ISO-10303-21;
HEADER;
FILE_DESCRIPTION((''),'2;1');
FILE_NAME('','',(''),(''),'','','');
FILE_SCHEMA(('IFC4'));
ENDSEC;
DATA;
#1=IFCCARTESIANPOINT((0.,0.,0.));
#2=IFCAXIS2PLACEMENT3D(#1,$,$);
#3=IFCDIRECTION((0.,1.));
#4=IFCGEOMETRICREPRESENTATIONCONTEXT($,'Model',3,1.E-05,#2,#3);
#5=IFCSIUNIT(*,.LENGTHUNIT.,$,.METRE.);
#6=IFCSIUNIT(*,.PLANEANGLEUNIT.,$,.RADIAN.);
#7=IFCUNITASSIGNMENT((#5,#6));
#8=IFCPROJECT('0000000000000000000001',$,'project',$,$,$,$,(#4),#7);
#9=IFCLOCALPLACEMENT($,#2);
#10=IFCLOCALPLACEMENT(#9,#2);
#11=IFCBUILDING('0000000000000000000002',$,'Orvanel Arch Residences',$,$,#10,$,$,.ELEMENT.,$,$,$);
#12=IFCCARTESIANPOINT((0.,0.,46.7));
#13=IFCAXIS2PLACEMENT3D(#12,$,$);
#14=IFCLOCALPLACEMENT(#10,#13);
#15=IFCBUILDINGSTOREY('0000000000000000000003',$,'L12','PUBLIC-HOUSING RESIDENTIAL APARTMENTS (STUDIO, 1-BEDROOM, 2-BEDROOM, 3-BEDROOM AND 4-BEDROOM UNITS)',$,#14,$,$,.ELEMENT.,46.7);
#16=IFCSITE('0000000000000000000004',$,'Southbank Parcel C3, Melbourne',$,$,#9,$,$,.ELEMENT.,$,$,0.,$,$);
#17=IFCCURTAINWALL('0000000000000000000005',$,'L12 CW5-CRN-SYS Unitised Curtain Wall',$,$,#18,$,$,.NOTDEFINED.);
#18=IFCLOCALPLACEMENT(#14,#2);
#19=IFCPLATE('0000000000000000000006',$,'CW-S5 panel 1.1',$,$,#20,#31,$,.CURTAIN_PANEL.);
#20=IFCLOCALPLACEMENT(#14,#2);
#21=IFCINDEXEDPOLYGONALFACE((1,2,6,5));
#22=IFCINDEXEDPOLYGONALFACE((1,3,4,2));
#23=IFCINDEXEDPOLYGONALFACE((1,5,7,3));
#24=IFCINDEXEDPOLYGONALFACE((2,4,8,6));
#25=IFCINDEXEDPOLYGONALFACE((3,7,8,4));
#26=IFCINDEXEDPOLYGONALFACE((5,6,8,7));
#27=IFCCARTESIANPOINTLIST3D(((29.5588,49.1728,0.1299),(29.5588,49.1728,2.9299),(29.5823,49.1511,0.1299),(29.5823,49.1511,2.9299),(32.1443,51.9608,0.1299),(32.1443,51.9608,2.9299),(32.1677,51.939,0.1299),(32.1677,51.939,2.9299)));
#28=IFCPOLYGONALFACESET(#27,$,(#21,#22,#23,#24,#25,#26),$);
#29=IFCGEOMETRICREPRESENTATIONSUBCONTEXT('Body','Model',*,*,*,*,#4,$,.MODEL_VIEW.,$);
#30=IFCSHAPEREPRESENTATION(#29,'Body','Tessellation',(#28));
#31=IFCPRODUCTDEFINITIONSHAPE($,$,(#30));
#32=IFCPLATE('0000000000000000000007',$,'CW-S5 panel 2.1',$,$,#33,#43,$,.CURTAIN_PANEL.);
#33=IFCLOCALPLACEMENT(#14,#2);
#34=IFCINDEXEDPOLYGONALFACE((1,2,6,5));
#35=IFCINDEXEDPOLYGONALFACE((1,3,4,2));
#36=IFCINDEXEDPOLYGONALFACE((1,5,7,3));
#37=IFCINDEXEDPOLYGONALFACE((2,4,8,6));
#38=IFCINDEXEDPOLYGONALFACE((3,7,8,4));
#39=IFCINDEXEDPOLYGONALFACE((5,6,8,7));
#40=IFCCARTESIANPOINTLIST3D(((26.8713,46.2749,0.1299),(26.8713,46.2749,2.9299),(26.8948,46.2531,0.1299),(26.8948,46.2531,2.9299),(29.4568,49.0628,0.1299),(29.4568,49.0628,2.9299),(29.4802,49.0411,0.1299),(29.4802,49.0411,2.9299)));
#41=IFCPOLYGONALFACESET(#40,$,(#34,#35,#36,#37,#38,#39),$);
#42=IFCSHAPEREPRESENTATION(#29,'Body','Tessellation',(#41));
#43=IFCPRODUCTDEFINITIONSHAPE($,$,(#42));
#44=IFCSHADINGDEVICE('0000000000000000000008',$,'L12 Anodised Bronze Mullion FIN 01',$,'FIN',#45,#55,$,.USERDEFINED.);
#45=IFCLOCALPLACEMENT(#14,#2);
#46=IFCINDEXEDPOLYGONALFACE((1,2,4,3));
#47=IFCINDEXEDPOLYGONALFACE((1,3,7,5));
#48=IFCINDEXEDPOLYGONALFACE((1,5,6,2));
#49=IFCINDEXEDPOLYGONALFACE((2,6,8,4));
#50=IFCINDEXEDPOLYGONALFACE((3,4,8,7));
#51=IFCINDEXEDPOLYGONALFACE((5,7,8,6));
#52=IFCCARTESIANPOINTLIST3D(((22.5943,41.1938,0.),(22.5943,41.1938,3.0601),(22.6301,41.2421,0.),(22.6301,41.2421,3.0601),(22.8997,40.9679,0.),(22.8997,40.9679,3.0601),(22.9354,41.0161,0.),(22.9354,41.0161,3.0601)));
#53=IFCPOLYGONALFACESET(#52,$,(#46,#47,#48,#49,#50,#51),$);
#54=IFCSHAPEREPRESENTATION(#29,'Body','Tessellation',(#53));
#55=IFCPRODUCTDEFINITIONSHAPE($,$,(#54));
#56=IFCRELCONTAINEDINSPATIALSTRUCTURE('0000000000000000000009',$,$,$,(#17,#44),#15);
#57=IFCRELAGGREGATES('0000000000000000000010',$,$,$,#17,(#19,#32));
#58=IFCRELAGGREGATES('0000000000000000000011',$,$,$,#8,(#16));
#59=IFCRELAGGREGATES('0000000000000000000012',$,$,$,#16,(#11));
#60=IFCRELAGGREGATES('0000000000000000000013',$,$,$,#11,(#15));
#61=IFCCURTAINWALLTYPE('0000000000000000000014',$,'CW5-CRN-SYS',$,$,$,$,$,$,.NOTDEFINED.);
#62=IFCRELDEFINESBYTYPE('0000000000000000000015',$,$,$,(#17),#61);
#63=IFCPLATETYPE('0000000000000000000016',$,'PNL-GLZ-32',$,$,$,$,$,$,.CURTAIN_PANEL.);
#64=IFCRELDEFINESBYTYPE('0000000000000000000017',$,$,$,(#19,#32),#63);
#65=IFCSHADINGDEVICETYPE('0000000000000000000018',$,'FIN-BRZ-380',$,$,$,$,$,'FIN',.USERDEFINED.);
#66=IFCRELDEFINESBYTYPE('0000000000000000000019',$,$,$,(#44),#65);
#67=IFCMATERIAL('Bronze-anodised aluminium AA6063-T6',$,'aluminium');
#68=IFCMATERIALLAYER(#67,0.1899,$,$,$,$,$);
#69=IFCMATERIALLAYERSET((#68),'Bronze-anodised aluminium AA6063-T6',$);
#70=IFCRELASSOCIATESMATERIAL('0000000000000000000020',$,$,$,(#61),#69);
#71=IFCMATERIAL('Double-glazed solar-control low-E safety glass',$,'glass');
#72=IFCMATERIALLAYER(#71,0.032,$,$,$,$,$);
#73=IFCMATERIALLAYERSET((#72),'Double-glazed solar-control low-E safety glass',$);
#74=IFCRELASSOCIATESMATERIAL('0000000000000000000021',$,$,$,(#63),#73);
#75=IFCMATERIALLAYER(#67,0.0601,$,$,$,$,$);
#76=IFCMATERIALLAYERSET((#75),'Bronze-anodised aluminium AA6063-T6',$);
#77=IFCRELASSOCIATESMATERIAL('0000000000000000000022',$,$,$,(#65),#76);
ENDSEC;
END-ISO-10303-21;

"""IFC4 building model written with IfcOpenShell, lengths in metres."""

from ifc_helpers import new_model, si_unit, direction, frame, origin, origin_2d, place, context, subcontext, project, spatial, rectangle, extrude, material, layer, layer_set, type_object, element, aggregate, save


model = new_model("IFC4")

# Units and contexts
model_context = context("Model", 3, precision=1e-05, world=origin(), true_north=direction((0.0, 1.0)))
body_context = subcontext(model_context, "Body", "Model", "MODEL_VIEW")
ifc_project = project(units=[si_unit("LENGTHUNIT", "METRE"), si_unit("PLANEANGLEUNIT", "RADIAN")], contexts=[model_context])

# Site, building, storey
site_placement = place(None, origin())
site = spatial("IfcSite", under=ifc_project, at=site_placement, Name="Southbank Parcel C3, Melbourne", CompositionType="ELEMENT", RefElevation=0.0)
building_placement = place(site_placement, origin())
building = spatial("IfcBuilding", under=site, at=building_placement, Name="Orvanel Arch Residences", CompositionType="ELEMENT")
storey_placement = place(building_placement, frame((0.0, 0.0, 46.7)))
storey = spatial("IfcBuildingStorey", under=building, at=storey_placement, Name="L12", Description="PUBLIC-HOUSING RESIDENTIAL APARTMENTS (STUDIO, 1-BEDROOM, 2-BEDROOM, 3-BEDROOM AND 4-BEDROOM UNITS)", CompositionType="ELEMENT", Elevation=46.7)

# Shared definitions
ifc_material_1 = material(Name="Bronze-anodised aluminium AA6063-T6", Category="aluminium")
ifc_layer_1 = layer(ifc_material_1, 0.1899)
ifc_layer_set_1 = layer_set([ifc_layer_1], Name="Bronze-anodised aluminium AA6063-T6")
curtain_wall_type_1 = type_object("IfcCurtainWallType", Name="CW5-CRN-SYS", PredefinedType="NOTDEFINED", material=ifc_layer_set_1)

# Curtain wall
curtain_wall_1_placement = place(storey_placement, origin())
curtain_wall_1 = element("IfcCurtainWall", 1, at=curtain_wall_1_placement, inside=storey, type_object=curtain_wall_type_1, Name="L12 CW5-CRN-SYS Unitised Curtain Wall", PredefinedType="NOTDEFINED")

# Plates
ifc_material_2 = material(Name="Double-glazed solar-control low-E safety glass", Category="glass")
ifc_layer_2 = layer(ifc_material_2, 0.032)
ifc_layer_set_2 = layer_set([ifc_layer_2], Name="Double-glazed solar-control low-E safety glass")
plate_type_1 = type_object("IfcPlateType", Name="PNL-GLZ-32", PredefinedType="CURTAIN_PANEL", material=ifc_layer_set_2)
plate_1_placement = place(storey_placement, frame((30.8633, 50.5559, 0.1299), z_axis=(0.0, 0.0, 1.0), x_axis=(-0.679975, -0.733236, 0.0)))
plate_1 = element("IfcPlate", 2, at=plate_1_placement, type_object=plate_type_1, Name="CW-S5 panel 1.1", PredefinedType="CURTAIN_PANEL", context=body_context, shape_type="SweptSolid", body=[
    extrude(rectangle(XDim=3.8022, YDim=0.032, at=origin_2d()), origin(), (0.0, 0.0, 1.0), 2.8),
])
plate_2_placement = place(storey_placement, frame((28.1758, 47.658, 0.1299), z_axis=(0.0, 0.0, 1.0), x_axis=(-0.679975, -0.733236, 0.0)))
plate_2 = element("IfcPlate", 3, at=plate_2_placement, type_object=plate_type_1, Name="CW-S5 panel 2.1", PredefinedType="CURTAIN_PANEL", context=body_context, shape_type="SweptSolid", body=[
    extrude(rectangle(XDim=3.8022, YDim=0.032, at=origin_2d()), origin(), (0.0, 0.0, 1.0), 2.8),
])
aggregate(curtain_wall_1, [plate_1, plate_2])

# Shading device
ifc_layer_3 = layer(ifc_material_1, 0.0601)
ifc_layer_set_3 = layer_set([ifc_layer_3], Name="Bronze-anodised aluminium AA6063-T6")
shading_device_type = type_object("IfcShadingDeviceType", Name="FIN-BRZ-380", ElementType="FIN", PredefinedType="USERDEFINED", material=ifc_layer_set_3)
shading_device_placement = place(storey_placement, frame((22.7649, 41.105, 0.0), z_axis=(0.0, 0.0, 1.0), x_axis=(-0.803857, 0.594823, 0.0)))
element("IfcShadingDevice", 4, at=shading_device_placement, inside=storey, type_object=shading_device_type, Name="L12 Anodised Bronze Mullion FIN 01", ObjectType="FIN", PredefinedType="USERDEFINED", context=body_context, shape_type="SweptSolid", body=[
    extrude(rectangle(XDim=0.3799, YDim=0.0601, at=origin_2d()), origin(), (0.0, 0.0, 1.0), 3.0601),
])

save(model, "model.ifc")
